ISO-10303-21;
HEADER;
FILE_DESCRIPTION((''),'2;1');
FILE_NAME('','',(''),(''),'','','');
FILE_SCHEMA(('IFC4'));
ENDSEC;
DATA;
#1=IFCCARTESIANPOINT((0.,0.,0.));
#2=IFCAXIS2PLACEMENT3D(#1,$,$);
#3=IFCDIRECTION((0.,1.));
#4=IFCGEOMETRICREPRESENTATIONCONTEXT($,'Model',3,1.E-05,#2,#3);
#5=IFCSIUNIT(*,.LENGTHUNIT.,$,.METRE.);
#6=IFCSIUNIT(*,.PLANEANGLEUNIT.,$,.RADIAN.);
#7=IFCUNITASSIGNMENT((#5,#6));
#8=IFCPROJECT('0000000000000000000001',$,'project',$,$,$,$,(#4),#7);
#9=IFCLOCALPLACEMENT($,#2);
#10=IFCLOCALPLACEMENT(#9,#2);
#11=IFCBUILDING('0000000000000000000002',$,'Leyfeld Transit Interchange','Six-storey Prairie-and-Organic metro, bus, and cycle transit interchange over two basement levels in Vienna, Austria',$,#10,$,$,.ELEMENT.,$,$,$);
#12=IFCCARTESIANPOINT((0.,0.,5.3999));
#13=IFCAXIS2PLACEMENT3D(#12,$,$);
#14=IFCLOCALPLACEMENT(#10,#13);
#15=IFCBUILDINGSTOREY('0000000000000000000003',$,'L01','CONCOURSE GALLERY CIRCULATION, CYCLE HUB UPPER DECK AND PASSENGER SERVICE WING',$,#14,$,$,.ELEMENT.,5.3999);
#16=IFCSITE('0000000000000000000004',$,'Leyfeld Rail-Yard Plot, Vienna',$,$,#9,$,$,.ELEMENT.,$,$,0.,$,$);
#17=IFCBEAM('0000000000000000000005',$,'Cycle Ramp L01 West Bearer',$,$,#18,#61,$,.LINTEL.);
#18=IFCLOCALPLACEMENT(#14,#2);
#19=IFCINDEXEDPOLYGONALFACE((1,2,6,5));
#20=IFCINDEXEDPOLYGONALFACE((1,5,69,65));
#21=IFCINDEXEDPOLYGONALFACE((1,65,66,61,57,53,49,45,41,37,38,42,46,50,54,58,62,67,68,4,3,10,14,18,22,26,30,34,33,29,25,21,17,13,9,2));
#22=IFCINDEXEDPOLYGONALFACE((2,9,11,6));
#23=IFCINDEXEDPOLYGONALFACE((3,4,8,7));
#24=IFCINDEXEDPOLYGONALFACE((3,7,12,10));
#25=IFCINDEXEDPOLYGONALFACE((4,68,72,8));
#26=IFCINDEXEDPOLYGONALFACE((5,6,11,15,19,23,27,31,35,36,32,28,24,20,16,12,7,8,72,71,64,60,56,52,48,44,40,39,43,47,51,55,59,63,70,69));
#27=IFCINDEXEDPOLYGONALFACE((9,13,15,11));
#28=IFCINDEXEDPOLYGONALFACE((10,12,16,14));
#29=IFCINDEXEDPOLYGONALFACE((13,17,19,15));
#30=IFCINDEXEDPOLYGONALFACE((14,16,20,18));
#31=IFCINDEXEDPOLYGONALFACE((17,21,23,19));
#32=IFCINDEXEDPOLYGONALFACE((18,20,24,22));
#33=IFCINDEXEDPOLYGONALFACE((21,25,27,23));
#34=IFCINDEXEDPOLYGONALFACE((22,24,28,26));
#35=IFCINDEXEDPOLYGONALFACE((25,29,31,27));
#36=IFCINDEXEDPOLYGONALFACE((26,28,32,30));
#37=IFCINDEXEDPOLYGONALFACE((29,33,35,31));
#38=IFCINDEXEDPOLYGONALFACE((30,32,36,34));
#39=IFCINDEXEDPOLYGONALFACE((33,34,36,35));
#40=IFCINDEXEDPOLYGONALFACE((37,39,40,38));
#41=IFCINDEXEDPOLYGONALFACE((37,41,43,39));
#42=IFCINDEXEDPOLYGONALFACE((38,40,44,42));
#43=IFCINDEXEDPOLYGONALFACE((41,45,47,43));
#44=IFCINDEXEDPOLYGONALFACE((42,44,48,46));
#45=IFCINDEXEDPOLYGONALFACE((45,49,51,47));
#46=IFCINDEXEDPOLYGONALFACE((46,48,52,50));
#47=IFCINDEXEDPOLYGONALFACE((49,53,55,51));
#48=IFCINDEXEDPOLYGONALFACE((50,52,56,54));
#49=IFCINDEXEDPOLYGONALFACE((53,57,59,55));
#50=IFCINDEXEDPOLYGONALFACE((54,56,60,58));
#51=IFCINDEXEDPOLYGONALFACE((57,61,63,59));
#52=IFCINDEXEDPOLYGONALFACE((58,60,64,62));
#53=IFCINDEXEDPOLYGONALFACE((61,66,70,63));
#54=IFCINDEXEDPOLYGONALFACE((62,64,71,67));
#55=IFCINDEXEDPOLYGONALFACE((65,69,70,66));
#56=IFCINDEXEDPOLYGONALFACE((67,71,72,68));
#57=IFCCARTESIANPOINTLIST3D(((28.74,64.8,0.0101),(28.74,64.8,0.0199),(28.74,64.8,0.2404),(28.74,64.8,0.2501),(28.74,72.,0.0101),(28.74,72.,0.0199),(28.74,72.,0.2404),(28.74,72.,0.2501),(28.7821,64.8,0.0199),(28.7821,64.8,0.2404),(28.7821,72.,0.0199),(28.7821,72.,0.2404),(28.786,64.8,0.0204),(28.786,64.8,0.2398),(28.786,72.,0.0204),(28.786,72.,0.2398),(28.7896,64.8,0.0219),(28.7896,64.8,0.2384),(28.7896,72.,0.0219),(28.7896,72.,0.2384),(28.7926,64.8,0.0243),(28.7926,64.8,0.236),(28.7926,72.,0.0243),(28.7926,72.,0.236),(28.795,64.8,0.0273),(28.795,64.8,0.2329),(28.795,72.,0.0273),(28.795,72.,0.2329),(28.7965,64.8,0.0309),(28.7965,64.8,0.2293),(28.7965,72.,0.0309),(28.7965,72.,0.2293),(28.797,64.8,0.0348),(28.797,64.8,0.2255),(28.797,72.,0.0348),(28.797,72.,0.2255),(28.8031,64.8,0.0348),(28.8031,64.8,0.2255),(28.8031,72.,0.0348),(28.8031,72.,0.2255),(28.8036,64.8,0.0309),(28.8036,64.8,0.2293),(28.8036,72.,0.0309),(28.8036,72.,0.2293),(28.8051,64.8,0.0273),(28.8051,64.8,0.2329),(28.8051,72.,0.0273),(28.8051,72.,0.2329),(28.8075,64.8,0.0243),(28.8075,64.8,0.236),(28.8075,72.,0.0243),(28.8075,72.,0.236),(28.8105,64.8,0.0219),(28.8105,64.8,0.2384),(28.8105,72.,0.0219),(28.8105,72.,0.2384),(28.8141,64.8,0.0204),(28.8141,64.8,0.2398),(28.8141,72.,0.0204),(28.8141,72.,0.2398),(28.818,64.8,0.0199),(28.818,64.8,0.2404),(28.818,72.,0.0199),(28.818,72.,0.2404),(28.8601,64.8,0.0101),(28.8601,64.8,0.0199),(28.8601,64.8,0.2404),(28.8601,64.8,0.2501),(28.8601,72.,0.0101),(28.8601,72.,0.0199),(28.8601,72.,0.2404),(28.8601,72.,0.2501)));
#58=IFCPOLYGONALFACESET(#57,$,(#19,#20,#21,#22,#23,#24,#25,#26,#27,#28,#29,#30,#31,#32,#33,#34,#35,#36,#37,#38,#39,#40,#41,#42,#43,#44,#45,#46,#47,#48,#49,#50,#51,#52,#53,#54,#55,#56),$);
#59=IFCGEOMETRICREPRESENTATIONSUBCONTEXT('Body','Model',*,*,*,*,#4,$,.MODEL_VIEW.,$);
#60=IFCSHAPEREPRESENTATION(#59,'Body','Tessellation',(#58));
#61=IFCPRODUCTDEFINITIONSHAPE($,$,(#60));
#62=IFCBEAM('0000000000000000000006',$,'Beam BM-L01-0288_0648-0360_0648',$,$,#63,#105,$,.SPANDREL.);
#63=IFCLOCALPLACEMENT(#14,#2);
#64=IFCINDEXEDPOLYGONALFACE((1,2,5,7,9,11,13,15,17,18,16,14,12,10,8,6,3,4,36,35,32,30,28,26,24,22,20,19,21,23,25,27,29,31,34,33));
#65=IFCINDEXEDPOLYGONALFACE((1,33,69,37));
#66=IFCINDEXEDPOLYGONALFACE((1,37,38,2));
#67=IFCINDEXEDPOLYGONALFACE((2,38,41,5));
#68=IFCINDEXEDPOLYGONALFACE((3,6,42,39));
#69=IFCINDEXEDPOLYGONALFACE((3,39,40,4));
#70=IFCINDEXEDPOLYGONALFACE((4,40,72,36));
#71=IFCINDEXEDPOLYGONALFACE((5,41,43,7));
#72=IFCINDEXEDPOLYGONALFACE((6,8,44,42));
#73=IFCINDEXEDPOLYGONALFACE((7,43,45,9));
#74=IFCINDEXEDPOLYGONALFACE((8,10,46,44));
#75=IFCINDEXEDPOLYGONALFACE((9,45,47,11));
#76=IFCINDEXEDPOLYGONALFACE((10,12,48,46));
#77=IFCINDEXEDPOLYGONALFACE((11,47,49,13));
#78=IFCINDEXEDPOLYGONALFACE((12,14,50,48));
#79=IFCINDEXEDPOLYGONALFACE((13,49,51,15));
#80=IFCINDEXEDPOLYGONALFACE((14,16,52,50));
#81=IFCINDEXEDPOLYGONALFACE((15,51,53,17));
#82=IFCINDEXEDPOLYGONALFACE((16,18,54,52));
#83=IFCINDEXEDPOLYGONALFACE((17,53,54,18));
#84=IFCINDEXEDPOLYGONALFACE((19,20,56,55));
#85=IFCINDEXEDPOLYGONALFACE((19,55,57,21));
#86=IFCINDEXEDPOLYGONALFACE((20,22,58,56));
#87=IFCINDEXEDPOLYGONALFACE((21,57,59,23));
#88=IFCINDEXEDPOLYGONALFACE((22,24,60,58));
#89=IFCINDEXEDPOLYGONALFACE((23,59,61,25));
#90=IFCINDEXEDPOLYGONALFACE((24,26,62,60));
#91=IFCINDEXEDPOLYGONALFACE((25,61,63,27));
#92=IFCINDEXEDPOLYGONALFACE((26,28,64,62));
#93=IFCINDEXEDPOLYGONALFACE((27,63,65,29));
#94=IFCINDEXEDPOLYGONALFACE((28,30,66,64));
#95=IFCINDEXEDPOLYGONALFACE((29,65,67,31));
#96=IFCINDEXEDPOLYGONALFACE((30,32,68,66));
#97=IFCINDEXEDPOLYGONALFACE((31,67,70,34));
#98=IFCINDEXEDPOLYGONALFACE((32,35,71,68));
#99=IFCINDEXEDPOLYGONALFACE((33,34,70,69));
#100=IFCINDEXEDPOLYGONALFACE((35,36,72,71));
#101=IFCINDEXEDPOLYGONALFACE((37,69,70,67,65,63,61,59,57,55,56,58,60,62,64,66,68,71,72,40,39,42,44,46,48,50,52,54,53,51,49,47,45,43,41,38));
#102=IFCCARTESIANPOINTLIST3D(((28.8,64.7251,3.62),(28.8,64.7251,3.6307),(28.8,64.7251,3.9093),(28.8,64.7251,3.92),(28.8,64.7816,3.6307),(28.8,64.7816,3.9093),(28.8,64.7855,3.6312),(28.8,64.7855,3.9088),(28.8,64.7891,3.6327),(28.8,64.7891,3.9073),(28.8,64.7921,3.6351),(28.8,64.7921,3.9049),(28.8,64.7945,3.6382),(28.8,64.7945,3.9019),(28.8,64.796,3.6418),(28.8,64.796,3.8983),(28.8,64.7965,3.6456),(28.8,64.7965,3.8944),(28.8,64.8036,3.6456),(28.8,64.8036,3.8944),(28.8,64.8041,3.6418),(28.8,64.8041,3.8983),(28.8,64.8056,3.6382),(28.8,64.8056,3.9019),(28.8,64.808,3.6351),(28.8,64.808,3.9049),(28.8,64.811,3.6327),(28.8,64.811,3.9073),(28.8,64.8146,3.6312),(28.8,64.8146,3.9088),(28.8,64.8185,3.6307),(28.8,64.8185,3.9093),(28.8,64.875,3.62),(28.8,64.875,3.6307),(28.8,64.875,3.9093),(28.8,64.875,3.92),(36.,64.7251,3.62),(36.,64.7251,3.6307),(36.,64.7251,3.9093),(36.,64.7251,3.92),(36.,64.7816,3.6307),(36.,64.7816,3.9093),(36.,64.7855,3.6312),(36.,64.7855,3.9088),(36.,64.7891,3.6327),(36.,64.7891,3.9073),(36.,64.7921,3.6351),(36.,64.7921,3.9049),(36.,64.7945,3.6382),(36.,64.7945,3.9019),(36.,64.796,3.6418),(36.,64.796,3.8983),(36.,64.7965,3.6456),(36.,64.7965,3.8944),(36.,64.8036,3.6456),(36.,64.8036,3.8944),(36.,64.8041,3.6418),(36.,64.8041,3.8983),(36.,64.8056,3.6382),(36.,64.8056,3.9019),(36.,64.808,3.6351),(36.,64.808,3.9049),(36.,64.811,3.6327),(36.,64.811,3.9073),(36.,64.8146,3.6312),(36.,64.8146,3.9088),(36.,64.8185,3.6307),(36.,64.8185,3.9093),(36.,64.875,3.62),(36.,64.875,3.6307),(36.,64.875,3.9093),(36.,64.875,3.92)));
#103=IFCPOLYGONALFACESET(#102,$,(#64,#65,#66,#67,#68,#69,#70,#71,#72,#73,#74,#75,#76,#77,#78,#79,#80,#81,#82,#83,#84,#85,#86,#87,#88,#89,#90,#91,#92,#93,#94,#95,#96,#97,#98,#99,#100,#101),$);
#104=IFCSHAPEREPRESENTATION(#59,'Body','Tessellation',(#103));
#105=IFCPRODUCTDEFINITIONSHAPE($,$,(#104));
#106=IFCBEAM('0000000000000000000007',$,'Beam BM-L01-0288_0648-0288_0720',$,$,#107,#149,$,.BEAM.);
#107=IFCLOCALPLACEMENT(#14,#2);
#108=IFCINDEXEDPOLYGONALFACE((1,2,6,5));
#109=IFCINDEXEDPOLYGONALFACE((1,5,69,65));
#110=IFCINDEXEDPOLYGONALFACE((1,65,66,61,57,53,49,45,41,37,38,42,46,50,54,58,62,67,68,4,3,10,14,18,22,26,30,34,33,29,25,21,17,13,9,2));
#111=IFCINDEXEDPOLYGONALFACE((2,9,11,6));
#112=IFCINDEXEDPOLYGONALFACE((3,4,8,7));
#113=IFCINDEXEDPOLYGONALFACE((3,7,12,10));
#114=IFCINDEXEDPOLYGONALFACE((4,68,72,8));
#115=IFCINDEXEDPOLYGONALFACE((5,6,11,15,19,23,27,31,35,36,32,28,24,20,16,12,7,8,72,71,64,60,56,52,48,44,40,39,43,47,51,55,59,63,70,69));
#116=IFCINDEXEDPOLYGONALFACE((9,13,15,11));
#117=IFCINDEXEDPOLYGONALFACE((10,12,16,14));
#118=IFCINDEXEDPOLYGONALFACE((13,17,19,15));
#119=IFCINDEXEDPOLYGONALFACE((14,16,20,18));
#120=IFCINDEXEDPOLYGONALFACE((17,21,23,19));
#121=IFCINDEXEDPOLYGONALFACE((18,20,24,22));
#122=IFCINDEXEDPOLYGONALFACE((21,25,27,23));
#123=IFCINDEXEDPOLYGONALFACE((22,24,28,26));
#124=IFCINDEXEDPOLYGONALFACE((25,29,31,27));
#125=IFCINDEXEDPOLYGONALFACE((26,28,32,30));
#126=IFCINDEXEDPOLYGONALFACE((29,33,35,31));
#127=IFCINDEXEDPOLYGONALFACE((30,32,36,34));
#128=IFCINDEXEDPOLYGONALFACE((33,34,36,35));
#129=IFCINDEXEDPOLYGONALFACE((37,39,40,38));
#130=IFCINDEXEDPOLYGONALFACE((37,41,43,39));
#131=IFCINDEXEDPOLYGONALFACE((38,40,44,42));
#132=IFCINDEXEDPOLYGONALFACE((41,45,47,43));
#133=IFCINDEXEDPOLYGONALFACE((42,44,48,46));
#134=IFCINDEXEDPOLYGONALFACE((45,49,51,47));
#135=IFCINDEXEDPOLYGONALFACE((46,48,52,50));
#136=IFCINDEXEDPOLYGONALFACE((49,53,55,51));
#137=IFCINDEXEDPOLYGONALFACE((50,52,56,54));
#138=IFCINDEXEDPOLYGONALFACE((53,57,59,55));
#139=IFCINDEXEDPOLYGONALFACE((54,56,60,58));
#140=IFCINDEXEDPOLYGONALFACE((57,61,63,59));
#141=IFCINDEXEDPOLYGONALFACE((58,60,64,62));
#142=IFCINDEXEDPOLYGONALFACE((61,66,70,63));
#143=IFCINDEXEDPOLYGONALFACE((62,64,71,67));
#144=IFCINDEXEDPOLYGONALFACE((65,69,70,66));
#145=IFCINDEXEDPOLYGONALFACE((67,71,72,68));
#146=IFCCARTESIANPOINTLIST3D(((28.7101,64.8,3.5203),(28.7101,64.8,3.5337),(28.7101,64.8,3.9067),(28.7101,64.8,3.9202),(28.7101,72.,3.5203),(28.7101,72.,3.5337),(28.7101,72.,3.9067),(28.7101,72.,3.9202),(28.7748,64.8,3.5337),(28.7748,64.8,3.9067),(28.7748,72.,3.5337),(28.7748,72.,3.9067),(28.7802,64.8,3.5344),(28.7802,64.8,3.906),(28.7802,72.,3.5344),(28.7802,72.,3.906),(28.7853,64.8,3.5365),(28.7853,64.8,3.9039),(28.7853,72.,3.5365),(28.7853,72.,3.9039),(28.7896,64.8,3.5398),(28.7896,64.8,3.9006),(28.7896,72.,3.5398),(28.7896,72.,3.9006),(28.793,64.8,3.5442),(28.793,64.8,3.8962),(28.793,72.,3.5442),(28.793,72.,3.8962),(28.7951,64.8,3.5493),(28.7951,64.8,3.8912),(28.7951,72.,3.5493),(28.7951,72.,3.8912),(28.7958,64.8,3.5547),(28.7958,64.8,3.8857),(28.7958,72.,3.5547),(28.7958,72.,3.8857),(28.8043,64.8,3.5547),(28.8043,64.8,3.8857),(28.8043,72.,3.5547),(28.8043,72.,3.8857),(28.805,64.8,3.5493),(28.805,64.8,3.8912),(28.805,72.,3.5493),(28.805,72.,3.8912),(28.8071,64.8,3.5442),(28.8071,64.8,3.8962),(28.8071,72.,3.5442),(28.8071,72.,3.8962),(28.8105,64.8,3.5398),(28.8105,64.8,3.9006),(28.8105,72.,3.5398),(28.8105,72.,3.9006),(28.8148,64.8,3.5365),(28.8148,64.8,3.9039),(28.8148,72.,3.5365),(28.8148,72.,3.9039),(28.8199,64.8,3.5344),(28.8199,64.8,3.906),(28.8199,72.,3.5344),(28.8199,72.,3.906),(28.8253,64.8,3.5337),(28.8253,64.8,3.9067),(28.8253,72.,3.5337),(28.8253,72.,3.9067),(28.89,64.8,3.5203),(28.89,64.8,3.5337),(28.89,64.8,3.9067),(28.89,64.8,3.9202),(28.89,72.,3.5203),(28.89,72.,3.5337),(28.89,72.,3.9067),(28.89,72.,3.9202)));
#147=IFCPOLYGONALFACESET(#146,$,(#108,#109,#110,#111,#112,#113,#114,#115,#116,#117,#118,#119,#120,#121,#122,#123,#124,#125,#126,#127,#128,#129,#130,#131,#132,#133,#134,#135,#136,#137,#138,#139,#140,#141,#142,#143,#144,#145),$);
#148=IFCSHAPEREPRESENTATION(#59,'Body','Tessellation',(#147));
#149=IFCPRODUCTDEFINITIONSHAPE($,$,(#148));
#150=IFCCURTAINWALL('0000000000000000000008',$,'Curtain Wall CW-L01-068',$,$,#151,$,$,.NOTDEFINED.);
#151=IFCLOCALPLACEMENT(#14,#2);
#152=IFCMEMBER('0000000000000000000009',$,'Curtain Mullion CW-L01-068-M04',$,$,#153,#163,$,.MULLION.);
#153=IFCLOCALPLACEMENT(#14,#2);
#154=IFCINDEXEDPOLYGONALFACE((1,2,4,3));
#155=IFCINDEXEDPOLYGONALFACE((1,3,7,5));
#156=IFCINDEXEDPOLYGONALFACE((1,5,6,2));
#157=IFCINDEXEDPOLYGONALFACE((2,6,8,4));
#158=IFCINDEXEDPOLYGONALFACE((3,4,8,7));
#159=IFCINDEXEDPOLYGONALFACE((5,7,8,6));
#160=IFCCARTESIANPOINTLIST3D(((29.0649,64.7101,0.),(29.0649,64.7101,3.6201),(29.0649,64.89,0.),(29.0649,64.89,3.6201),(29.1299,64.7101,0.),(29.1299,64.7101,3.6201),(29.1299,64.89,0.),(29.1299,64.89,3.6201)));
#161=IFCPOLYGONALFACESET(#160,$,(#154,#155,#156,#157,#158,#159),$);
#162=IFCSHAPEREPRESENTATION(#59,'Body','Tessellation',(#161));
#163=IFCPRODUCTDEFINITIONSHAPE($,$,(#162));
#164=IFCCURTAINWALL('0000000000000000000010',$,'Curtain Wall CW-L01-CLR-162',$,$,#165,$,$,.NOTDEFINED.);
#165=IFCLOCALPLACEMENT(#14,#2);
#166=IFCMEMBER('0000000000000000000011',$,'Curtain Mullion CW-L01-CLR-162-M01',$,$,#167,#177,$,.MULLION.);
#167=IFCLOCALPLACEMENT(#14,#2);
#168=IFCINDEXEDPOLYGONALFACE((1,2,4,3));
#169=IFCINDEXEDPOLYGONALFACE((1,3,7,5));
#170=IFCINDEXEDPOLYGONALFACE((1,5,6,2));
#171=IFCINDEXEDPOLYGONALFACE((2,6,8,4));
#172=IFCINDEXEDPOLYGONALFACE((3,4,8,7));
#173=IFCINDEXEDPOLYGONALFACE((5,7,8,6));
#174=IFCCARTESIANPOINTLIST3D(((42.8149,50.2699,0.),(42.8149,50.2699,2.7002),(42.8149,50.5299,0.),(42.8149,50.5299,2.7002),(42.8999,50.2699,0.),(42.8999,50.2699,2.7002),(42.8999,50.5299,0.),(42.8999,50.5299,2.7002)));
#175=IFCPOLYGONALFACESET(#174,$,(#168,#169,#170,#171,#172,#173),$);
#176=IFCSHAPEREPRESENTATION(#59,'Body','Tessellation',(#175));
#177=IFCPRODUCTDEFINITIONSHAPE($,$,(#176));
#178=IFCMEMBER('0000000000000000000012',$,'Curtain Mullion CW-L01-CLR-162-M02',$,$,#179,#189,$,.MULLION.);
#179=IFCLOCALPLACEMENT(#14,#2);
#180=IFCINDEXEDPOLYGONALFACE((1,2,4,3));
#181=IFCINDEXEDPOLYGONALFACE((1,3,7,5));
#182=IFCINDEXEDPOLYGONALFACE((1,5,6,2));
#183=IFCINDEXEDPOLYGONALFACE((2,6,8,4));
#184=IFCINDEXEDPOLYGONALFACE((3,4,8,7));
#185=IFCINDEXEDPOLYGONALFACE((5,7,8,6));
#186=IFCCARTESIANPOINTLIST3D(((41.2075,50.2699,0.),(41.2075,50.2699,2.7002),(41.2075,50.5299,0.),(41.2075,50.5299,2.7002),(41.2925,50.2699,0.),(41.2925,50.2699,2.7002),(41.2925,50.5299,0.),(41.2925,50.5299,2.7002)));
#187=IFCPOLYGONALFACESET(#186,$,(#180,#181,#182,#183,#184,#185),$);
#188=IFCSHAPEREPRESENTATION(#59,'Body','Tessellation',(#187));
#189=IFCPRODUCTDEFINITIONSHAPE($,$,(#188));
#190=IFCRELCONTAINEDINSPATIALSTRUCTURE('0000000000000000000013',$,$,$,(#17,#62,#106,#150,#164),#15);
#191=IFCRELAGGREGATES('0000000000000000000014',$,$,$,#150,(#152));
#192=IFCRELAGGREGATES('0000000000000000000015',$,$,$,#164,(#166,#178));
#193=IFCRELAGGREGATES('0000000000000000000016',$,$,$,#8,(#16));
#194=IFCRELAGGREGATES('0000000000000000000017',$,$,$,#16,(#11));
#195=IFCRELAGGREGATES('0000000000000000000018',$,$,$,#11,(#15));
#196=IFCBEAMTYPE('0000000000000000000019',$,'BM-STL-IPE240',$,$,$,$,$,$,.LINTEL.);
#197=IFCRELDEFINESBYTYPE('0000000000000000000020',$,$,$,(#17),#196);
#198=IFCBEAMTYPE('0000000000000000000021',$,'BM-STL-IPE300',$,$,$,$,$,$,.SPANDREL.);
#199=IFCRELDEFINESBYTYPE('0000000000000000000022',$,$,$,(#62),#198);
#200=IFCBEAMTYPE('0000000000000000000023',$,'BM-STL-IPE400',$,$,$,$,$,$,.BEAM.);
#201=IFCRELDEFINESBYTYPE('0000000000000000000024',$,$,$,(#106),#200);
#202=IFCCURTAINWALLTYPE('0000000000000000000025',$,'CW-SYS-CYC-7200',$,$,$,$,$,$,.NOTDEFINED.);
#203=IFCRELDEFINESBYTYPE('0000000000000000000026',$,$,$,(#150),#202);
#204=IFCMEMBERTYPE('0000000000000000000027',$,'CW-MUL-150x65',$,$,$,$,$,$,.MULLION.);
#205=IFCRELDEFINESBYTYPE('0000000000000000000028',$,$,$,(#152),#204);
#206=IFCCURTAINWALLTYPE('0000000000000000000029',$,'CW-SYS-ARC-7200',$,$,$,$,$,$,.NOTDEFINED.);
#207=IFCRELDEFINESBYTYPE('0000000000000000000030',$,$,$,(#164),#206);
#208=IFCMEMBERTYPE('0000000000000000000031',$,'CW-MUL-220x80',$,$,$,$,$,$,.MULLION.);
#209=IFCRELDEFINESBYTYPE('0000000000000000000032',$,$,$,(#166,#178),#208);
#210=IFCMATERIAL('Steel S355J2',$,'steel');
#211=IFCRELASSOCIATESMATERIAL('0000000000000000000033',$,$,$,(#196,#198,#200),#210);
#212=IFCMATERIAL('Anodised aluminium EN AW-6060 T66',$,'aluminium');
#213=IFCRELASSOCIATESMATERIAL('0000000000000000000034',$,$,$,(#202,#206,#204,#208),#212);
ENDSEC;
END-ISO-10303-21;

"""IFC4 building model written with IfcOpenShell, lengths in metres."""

from ifc_helpers import new_model, si_unit, direction, frame, origin, origin_2d, place, context, subcontext, project, spatial, rectangle, i_section, extrude, material, material_profile, profile_set, type_object, element, aggregate, save


model = new_model("IFC4")

# Units and contexts
model_context = context("Model", 3, precision=1e-05, world=origin(), true_north=direction((0.0, 1.0)))
body_context = subcontext(model_context, "Body", "Model", "MODEL_VIEW")
ifc_project = project(units=[si_unit("LENGTHUNIT", "METRE"), si_unit("PLANEANGLEUNIT", "RADIAN")], contexts=[model_context])

# Site, building, storey
site_placement = place(None, origin())
site = spatial("IfcSite", under=ifc_project, at=site_placement, Name="Leyfeld Rail-Yard Plot, Vienna", CompositionType="ELEMENT", RefElevation=0.0)
building_placement = place(site_placement, origin())
building = spatial("IfcBuilding", under=site, at=building_placement, Name="Leyfeld Transit Interchange", Description="Six-storey Prairie-and-Organic metro, bus, and cycle transit interchange over two basement levels in Vienna, Austria", CompositionType="ELEMENT")
storey_placement = place(building_placement, frame((0.0, 0.0, 5.3999)))
storey = spatial("IfcBuildingStorey", under=building, at=storey_placement, Name="L01", Description="CONCOURSE GALLERY CIRCULATION, CYCLE HUB UPPER DECK AND PASSENGER SERVICE WING", CompositionType="ELEMENT", Elevation=5.3999)

# Beams
ifc_material_1 = material(Name="Steel S355J2", Category="steel")
ifc_material_profile_1 = material_profile(ifc_material_1, i_section(OverallWidth=0.1201, OverallDepth=0.24, WebThickness=0.0061, FlangeThickness=0.0098, FilletRadius=0.0149, at=origin_2d()), Name="IPE 240")
ifc_profile_set_1 = profile_set([ifc_material_profile_1], Name="Steel S355J2")
beam_type_1 = type_object("IfcBeamType", Name="BM-STL-IPE240", PredefinedType="LINTEL", material=ifc_profile_set_1)
beam_1_placement = place(storey_placement, frame((28.8, 64.8, 0.1301), z_axis=(0.0, 1.0, 0.0), x_axis=(-1.0, 0.0, 0.0)))
element("IfcBeam", 1, at=beam_1_placement, inside=storey, type_object=beam_type_1, Name="Cycle Ramp L01 West Bearer", PredefinedType="LINTEL", context=body_context, shape_type="SweptSolid", body=[
    extrude(i_section(OverallWidth=0.1201, OverallDepth=0.24, WebThickness=0.0061, FlangeThickness=0.0098, FilletRadius=0.0149, at=origin_2d()), origin(), (0.0, 0.0, 1.0), 7.2),
])
ifc_material_profile_2 = material_profile(ifc_material_1, i_section(OverallWidth=0.1499, OverallDepth=0.3, WebThickness=0.0071, FlangeThickness=0.0107, FilletRadius=0.0149, at=origin_2d()), Name="IPE 300")
ifc_profile_set_2 = profile_set([ifc_material_profile_2], Name="Steel S355J2")
beam_type_2 = type_object("IfcBeamType", Name="BM-STL-IPE300", PredefinedType="SPANDREL", material=ifc_profile_set_2)
beam_2_placement = place(storey_placement, frame((28.8, 64.8, 3.77), z_axis=(1.0, 0.0, 0.0), x_axis=(0.0, 1.0, 0.0)))
element("IfcBeam", 2, at=beam_2_placement, inside=storey, type_object=beam_type_2, Name="Beam BM-L01-0288_0648-0360_0648", PredefinedType="SPANDREL", context=body_context, shape_type="SweptSolid", body=[
    extrude(i_section(OverallWidth=0.1499, OverallDepth=0.3, WebThickness=0.0071, FlangeThickness=0.0107, FilletRadius=0.0149, at=origin_2d()), origin(), (0.0, 0.0, 1.0), 7.2),
])
ifc_material_profile_3 = material_profile(ifc_material_1, i_section(OverallWidth=0.1799, OverallDepth=0.3999, WebThickness=0.0085, FlangeThickness=0.0134, FilletRadius=0.021, at=origin_2d()), Name="IPE 400")
ifc_profile_set_3 = profile_set([ifc_material_profile_3], Name="Steel S355J2")
beam_type_3 = type_object("IfcBeamType", Name="BM-STL-IPE400", PredefinedType="BEAM", material=ifc_profile_set_3)
beam_3_placement = place(storey_placement, frame((28.8, 64.8, 3.7202), z_axis=(0.0, 1.0, 0.0), x_axis=(-1.0, 0.0, 0.0)))
element("IfcBeam", 3, at=beam_3_placement, inside=storey, type_object=beam_type_3, Name="Beam BM-L01-0288_0648-0288_0720", PredefinedType="BEAM", context=body_context, shape_type="SweptSolid", body=[
    extrude(i_section(OverallWidth=0.1799, OverallDepth=0.3999, WebThickness=0.0085, FlangeThickness=0.0134, FilletRadius=0.021, at=origin_2d()), origin(), (0.0, 0.0, 1.0), 7.2),
])

# Curtain wall, member
ifc_material_2 = material(Name="Anodised aluminium EN AW-6060 T66", Category="aluminium")
curtain_wall_type_1 = type_object("IfcCurtainWallType", Name="CW-SYS-CYC-7200", PredefinedType="NOTDEFINED", material=ifc_material_2)
curtain_wall_1_placement = place(storey_placement, origin())
curtain_wall_1 = element("IfcCurtainWall", 4, at=curtain_wall_1_placement, inside=storey, type_object=curtain_wall_type_1, Name="Curtain Wall CW-L01-068", PredefinedType="NOTDEFINED")
ifc_material_profile_4 = material_profile(ifc_material_2, rectangle(XDim=0.0649, YDim=0.1799, at=origin_2d()), Name="CW-M 65x180")
ifc_profile_set_4 = profile_set([ifc_material_profile_4], Name="Anodised aluminium EN AW-6060 T66")
member_type_1 = type_object("IfcMemberType", Name="CW-MUL-150x65", PredefinedType="MULLION", material=ifc_profile_set_4)
member_1_placement = place(storey_placement, frame((29.0974, 64.8, 0.0), z_axis=(0.0, 0.0, 1.0), x_axis=(-1.0, 0.0, 0.0)))
member_1 = element("IfcMember", 5, at=member_1_placement, type_object=member_type_1, Name="Curtain Mullion CW-L01-068-M04", PredefinedType="MULLION", context=body_context, shape_type="SweptSolid", body=[
    extrude(rectangle(XDim=0.0649, YDim=0.1799, at=origin_2d()), origin(), (0.0, 0.0, 1.0), 3.6201),
])

# Curtain wall, members
curtain_wall_type_2 = type_object("IfcCurtainWallType", Name="CW-SYS-ARC-7200", PredefinedType="NOTDEFINED", material=ifc_material_2)
curtain_wall_2_placement = place(storey_placement, origin())
curtain_wall_2 = element("IfcCurtainWall", 6, at=curtain_wall_2_placement, inside=storey, type_object=curtain_wall_type_2, Name="Curtain Wall CW-L01-CLR-162", PredefinedType="NOTDEFINED")
ifc_material_profile_5 = material_profile(ifc_material_2, rectangle(XDim=0.085, YDim=0.26, at=origin_2d()), Name="CW-M 85x260")
ifc_profile_set_5 = profile_set([ifc_material_profile_5], Name="Anodised aluminium EN AW-6060 T66")
member_type_2 = type_object("IfcMemberType", Name="CW-MUL-220x80", PredefinedType="MULLION", material=ifc_profile_set_5)
member_2_placement = place(storey_placement, frame((42.8574, 50.3999, 0.0), z_axis=(0.0, 0.0, 1.0), x_axis=(-1.0, 0.0, 0.0)))
member_2 = element("IfcMember", 7, at=member_2_placement, type_object=member_type_2, Name="Curtain Mullion CW-L01-CLR-162-M01", PredefinedType="MULLION", context=body_context, shape_type="SweptSolid", body=[
    extrude(rectangle(XDim=0.085, YDim=0.26, at=origin_2d()), origin(), (0.0, 0.0, 1.0), 2.7002),
])
member_3_placement = place(storey_placement, frame((41.25, 50.3999, 0.0), z_axis=(0.0, 0.0, 1.0), x_axis=(-1.0, 0.0, 0.0)))
member_3 = element("IfcMember", 8, at=member_3_placement, type_object=member_type_2, Name="Curtain Mullion CW-L01-CLR-162-M02", PredefinedType="MULLION", context=body_context, shape_type="SweptSolid", body=[
    extrude(rectangle(XDim=0.085, YDim=0.26, at=origin_2d()), origin(), (0.0, 0.0, 1.0), 2.7002),
])

aggregate(curtain_wall_1, [member_1])
aggregate(curtain_wall_2, [member_2, member_3])

save(model, "model.ifc")
